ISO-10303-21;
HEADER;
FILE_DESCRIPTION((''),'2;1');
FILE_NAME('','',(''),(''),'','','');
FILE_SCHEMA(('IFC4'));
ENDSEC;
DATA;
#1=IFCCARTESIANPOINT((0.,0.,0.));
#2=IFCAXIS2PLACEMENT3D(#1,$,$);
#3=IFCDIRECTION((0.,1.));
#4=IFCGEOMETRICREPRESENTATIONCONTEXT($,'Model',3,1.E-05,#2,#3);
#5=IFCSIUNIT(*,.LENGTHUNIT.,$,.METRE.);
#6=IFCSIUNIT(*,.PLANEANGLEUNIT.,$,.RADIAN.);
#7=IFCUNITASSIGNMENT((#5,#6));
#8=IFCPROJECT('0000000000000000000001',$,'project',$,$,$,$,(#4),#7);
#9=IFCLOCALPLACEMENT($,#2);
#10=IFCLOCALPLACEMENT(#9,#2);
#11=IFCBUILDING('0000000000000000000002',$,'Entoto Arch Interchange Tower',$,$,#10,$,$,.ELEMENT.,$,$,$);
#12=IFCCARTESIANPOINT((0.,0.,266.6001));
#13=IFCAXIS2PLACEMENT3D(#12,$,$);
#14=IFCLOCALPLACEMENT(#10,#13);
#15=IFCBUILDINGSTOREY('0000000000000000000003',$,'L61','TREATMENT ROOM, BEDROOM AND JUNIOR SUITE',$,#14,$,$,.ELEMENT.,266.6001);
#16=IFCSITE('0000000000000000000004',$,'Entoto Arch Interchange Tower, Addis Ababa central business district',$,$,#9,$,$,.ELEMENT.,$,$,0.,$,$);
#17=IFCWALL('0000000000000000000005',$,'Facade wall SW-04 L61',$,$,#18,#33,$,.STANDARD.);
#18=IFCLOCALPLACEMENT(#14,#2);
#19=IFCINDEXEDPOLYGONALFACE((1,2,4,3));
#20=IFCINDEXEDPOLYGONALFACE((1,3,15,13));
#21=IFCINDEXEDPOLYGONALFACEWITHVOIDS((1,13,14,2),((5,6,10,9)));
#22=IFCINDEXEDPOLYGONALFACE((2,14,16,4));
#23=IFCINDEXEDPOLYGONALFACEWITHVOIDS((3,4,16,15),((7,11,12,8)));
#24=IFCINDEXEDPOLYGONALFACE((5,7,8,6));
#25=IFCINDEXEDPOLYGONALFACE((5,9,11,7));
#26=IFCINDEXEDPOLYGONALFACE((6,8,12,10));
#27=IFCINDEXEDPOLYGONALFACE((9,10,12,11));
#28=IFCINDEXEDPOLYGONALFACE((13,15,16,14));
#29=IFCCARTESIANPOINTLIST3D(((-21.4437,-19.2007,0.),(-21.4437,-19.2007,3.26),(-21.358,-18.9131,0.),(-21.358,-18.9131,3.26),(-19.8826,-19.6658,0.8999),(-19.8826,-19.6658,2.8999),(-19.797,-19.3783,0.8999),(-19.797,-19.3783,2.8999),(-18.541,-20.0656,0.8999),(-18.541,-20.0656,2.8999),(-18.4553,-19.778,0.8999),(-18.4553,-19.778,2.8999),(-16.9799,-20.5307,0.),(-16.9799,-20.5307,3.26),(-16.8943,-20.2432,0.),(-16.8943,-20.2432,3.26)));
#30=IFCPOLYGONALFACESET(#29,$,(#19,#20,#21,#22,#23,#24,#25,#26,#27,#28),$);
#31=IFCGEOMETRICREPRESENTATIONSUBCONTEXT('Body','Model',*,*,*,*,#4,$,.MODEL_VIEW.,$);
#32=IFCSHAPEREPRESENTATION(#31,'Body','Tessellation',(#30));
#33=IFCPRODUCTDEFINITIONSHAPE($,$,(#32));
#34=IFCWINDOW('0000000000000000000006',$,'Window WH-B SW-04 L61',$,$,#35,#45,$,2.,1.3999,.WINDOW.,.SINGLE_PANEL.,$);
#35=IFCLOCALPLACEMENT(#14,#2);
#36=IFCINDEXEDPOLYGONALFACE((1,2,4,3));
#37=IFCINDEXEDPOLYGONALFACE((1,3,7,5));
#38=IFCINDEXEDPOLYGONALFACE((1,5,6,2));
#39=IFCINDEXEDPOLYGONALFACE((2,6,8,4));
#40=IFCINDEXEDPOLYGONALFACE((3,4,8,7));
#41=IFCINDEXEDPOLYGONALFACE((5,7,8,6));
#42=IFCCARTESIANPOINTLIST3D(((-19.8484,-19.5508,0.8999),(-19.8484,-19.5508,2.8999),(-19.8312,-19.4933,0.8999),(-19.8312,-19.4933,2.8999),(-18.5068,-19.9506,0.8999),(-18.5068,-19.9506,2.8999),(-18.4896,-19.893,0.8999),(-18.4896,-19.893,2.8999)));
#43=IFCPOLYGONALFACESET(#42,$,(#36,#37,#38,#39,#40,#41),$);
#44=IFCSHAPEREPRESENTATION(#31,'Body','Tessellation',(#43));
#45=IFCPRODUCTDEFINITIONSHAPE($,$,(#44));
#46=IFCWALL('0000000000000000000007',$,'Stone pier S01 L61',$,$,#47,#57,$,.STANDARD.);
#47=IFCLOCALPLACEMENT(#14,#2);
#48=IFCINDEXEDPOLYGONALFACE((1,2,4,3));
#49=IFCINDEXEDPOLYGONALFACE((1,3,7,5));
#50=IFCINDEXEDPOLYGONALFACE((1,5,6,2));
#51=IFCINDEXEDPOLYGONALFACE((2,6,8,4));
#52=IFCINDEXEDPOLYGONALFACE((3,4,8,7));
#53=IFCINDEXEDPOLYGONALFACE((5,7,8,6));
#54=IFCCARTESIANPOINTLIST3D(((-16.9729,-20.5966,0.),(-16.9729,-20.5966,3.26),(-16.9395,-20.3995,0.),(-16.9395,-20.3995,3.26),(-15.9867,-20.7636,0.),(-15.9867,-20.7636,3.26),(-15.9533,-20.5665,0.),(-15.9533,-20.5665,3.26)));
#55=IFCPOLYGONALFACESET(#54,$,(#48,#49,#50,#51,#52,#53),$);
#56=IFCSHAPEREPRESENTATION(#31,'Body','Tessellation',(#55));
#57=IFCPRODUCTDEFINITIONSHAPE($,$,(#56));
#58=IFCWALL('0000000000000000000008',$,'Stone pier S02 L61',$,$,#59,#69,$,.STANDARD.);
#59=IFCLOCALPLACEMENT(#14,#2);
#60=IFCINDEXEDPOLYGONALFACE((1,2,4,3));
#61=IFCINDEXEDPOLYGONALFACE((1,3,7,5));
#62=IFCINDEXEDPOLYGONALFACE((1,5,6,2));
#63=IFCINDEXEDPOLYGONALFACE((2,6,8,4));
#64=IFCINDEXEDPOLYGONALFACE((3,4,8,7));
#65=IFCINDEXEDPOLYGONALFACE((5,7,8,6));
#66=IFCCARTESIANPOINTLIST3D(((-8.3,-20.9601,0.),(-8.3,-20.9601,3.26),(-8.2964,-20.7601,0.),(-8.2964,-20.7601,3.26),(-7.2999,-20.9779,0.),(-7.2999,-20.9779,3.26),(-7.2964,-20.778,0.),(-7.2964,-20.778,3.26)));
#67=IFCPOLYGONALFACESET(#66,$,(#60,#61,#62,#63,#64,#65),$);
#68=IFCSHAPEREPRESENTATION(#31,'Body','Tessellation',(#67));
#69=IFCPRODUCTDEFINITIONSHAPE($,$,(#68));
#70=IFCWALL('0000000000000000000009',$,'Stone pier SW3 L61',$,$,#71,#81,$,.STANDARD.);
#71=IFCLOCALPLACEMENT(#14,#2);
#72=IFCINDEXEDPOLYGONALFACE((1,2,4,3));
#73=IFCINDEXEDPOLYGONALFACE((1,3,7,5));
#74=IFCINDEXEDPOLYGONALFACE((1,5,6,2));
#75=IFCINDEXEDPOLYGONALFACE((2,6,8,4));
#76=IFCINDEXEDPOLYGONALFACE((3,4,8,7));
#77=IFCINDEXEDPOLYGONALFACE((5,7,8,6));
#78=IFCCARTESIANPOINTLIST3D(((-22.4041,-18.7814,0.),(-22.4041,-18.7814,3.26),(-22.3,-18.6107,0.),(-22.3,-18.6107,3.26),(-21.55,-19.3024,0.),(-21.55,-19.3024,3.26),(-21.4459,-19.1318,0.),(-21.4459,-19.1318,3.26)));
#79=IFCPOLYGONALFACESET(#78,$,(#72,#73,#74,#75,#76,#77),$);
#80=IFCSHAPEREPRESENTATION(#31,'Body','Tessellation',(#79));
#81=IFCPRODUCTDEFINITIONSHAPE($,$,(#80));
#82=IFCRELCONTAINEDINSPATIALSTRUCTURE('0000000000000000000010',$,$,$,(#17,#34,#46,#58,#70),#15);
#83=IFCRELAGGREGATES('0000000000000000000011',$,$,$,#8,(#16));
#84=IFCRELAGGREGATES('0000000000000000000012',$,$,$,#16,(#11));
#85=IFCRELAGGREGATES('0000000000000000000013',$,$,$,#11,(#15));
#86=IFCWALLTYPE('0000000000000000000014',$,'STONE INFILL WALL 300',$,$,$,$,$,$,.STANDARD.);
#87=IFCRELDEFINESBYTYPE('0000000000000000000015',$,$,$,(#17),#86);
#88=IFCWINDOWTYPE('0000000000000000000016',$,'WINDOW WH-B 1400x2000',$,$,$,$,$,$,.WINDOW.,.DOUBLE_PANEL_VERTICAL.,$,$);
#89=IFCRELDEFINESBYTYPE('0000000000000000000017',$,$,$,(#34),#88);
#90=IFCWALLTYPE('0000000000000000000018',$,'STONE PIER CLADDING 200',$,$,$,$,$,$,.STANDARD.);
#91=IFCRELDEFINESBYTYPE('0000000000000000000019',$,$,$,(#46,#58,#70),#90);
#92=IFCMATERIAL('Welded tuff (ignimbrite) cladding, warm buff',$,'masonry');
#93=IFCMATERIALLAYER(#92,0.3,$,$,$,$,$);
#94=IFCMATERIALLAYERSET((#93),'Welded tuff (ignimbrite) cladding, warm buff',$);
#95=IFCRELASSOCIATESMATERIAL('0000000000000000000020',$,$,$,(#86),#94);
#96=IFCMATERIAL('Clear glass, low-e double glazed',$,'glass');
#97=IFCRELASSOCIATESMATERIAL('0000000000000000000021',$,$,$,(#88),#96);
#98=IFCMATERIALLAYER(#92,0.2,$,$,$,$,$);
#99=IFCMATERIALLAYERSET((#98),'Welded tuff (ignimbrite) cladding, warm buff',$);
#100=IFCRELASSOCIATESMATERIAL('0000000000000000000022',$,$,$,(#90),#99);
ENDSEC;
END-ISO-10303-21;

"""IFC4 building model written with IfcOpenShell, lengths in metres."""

from ifc_helpers import new_model, si_unit, direction, frame, frame_2d, origin, place, context, subcontext, project, spatial, rectangle, extrude, material, layer, layer_set, type_object, element, fill, save


model = new_model("IFC4")

# Units and contexts
model_context = context("Model", 3, precision=1e-05, world=origin(), true_north=direction((0.0, 1.0)))
body_context = subcontext(model_context, "Body", "Model", "MODEL_VIEW")
ifc_project = project(units=[si_unit("LENGTHUNIT", "METRE"), si_unit("PLANEANGLEUNIT", "RADIAN")], contexts=[model_context])

# Site, building, storey
site_placement = place(None, origin())
site = spatial("IfcSite", under=ifc_project, at=site_placement, Name="Entoto Arch Interchange Tower, Addis Ababa central business district", CompositionType="ELEMENT", RefElevation=0.0)
building_placement = place(site_placement, origin())
building = spatial("IfcBuilding", under=site, at=building_placement, Name="Entoto Arch Interchange Tower", CompositionType="ELEMENT")
storey_placement = place(building_placement, frame((0.0, 0.0, 266.6001)))
storey = spatial("IfcBuildingStorey", under=building, at=storey_placement, Name="L61", Description="TREATMENT ROOM, BEDROOM AND JUNIOR SUITE", CompositionType="ELEMENT", Elevation=266.6001)

# Shared definitions
ifc_material_1 = material(Name="Welded tuff (ignimbrite) cladding, warm buff", Category="masonry")
ifc_layer_1 = layer(ifc_material_1, 0.3)
ifc_layer_set_1 = layer_set([ifc_layer_1], Name="Welded tuff (ignimbrite) cladding, warm buff")
wall_type_1 = type_object("IfcWallType", Name="STONE INFILL WALL 300", PredefinedType="STANDARD", material=ifc_layer_set_1)
ifc_material_2 = material(Name="Clear glass, low-e double glazed", Category="glass")

# Wall, opening, window
window_type_1 = type_object("IfcWindowType", Name="WINDOW WH-B 1400x2000", PartitioningType="DOUBLE_PANEL_VERTICAL", PredefinedType="WINDOW", material=ifc_material_2)
wall_1_placement = place(storey_placement, frame((-21.4009, -19.0569, 0.0), z_axis=(0.0, 0.0, 1.0), x_axis=(0.958361, -0.285559, 0.0)))
wall_1 = element("IfcWall", 1, at=wall_1_placement, inside=storey, type_object=wall_type_1, Name="Facade wall SW-04 L61", PredefinedType="STANDARD", context=body_context, shape_type="SweptSolid", body=[
    extrude(rectangle(XDim=4.6577, YDim=0.3, at=frame_2d((2.3289, 0.0))), origin(), (0.0, 0.0, 1.0), 3.26),
])
opening_1_placement = place(wall_1_placement, frame((1.6289, 0.0, 0.8999)))
opening_1 = element("IfcOpeningElement", 2, at=opening_1_placement, cuts=wall_1, PredefinedType="OPENING", context=body_context, shape_type="SweptSolid", body=[
    extrude(rectangle(XDim=1.3999, YDim=2.0, at=frame_2d((0.7, 1.0))), frame((0.0, 0.1602, 0.0), z_axis=(0.0, -1.0, 0.0), x_axis=(1.0, 0.0, 0.0)), (0.0, 0.0, 1.0), 0.3201),
])
window_1_placement = place(opening_1_placement, origin())
window_1 = element("IfcWindow", 3, at=window_1_placement, inside=storey, type_object=window_type_1, Name="Window WH-B SW-04 L61", OverallHeight=2.0, OverallWidth=1.3999, PartitioningType="SINGLE_PANEL", PredefinedType="WINDOW", context=body_context, shape_type="SweptSolid", body=[
    extrude(rectangle(XDim=1.3999, YDim=2.0, at=frame_2d((0.7, 1.0))), frame((0.0, 0.03, 0.0), z_axis=(0.0, -1.0, 0.0), x_axis=(1.0, 0.0, 0.0)), (0.0, 0.0, 1.0), 0.0601),
])
fill(opening_1, window_1)

# Walls
ifc_layer_2 = layer(ifc_material_1, 0.2)
ifc_layer_set_2 = layer_set([ifc_layer_2], Name="Welded tuff (ignimbrite) cladding, warm buff")
wall_type_2 = type_object("IfcWallType", Name="STONE PIER CLADDING 200", PredefinedType="STANDARD", material=ifc_layer_set_2)
for number, where, z_axis, x_axis, name in (
    (4, (-16.9561, -20.498, 0.0), (0.0, 0.0, 1.0), (0.985962, -0.166971, 0.0), "Stone pier S01 L61"),
    (5, (-8.2981, -20.8601, 0.0), (0.0, 0.0, 1.0), (0.999841, -0.017819, 0.0), "Stone pier S02 L61"),
):
    element("IfcWall", number, at=place(storey_placement, frame(where, z_axis=z_axis, x_axis=x_axis)), inside=storey, type_object=wall_type_2, Name=name, PredefinedType="STANDARD", context=body_context, shape_type="SweptSolid", body=[
        extrude(rectangle(XDim=1.0002, YDim=0.2, at=frame_2d((0.5, 0.0))), origin(), (0.0, 0.0, 1.0), 3.26),
    ])
wall_2_placement = place(storey_placement, frame((-22.3521, -18.696, 0.0), z_axis=(0.0, 0.0, 1.0), x_axis=(0.85368, -0.520798, 0.0)))
element("IfcWall", 6, at=wall_2_placement, inside=storey, type_object=wall_type_2, Name="Stone pier SW3 L61", PredefinedType="STANDARD", context=body_context, shape_type="SweptSolid", body=[
    extrude(rectangle(XDim=1.0005, YDim=0.2, at=frame_2d((0.5002, 0.0))), origin(), (0.0, 0.0, 1.0), 3.26),
])

save(model, "model.ifc")
